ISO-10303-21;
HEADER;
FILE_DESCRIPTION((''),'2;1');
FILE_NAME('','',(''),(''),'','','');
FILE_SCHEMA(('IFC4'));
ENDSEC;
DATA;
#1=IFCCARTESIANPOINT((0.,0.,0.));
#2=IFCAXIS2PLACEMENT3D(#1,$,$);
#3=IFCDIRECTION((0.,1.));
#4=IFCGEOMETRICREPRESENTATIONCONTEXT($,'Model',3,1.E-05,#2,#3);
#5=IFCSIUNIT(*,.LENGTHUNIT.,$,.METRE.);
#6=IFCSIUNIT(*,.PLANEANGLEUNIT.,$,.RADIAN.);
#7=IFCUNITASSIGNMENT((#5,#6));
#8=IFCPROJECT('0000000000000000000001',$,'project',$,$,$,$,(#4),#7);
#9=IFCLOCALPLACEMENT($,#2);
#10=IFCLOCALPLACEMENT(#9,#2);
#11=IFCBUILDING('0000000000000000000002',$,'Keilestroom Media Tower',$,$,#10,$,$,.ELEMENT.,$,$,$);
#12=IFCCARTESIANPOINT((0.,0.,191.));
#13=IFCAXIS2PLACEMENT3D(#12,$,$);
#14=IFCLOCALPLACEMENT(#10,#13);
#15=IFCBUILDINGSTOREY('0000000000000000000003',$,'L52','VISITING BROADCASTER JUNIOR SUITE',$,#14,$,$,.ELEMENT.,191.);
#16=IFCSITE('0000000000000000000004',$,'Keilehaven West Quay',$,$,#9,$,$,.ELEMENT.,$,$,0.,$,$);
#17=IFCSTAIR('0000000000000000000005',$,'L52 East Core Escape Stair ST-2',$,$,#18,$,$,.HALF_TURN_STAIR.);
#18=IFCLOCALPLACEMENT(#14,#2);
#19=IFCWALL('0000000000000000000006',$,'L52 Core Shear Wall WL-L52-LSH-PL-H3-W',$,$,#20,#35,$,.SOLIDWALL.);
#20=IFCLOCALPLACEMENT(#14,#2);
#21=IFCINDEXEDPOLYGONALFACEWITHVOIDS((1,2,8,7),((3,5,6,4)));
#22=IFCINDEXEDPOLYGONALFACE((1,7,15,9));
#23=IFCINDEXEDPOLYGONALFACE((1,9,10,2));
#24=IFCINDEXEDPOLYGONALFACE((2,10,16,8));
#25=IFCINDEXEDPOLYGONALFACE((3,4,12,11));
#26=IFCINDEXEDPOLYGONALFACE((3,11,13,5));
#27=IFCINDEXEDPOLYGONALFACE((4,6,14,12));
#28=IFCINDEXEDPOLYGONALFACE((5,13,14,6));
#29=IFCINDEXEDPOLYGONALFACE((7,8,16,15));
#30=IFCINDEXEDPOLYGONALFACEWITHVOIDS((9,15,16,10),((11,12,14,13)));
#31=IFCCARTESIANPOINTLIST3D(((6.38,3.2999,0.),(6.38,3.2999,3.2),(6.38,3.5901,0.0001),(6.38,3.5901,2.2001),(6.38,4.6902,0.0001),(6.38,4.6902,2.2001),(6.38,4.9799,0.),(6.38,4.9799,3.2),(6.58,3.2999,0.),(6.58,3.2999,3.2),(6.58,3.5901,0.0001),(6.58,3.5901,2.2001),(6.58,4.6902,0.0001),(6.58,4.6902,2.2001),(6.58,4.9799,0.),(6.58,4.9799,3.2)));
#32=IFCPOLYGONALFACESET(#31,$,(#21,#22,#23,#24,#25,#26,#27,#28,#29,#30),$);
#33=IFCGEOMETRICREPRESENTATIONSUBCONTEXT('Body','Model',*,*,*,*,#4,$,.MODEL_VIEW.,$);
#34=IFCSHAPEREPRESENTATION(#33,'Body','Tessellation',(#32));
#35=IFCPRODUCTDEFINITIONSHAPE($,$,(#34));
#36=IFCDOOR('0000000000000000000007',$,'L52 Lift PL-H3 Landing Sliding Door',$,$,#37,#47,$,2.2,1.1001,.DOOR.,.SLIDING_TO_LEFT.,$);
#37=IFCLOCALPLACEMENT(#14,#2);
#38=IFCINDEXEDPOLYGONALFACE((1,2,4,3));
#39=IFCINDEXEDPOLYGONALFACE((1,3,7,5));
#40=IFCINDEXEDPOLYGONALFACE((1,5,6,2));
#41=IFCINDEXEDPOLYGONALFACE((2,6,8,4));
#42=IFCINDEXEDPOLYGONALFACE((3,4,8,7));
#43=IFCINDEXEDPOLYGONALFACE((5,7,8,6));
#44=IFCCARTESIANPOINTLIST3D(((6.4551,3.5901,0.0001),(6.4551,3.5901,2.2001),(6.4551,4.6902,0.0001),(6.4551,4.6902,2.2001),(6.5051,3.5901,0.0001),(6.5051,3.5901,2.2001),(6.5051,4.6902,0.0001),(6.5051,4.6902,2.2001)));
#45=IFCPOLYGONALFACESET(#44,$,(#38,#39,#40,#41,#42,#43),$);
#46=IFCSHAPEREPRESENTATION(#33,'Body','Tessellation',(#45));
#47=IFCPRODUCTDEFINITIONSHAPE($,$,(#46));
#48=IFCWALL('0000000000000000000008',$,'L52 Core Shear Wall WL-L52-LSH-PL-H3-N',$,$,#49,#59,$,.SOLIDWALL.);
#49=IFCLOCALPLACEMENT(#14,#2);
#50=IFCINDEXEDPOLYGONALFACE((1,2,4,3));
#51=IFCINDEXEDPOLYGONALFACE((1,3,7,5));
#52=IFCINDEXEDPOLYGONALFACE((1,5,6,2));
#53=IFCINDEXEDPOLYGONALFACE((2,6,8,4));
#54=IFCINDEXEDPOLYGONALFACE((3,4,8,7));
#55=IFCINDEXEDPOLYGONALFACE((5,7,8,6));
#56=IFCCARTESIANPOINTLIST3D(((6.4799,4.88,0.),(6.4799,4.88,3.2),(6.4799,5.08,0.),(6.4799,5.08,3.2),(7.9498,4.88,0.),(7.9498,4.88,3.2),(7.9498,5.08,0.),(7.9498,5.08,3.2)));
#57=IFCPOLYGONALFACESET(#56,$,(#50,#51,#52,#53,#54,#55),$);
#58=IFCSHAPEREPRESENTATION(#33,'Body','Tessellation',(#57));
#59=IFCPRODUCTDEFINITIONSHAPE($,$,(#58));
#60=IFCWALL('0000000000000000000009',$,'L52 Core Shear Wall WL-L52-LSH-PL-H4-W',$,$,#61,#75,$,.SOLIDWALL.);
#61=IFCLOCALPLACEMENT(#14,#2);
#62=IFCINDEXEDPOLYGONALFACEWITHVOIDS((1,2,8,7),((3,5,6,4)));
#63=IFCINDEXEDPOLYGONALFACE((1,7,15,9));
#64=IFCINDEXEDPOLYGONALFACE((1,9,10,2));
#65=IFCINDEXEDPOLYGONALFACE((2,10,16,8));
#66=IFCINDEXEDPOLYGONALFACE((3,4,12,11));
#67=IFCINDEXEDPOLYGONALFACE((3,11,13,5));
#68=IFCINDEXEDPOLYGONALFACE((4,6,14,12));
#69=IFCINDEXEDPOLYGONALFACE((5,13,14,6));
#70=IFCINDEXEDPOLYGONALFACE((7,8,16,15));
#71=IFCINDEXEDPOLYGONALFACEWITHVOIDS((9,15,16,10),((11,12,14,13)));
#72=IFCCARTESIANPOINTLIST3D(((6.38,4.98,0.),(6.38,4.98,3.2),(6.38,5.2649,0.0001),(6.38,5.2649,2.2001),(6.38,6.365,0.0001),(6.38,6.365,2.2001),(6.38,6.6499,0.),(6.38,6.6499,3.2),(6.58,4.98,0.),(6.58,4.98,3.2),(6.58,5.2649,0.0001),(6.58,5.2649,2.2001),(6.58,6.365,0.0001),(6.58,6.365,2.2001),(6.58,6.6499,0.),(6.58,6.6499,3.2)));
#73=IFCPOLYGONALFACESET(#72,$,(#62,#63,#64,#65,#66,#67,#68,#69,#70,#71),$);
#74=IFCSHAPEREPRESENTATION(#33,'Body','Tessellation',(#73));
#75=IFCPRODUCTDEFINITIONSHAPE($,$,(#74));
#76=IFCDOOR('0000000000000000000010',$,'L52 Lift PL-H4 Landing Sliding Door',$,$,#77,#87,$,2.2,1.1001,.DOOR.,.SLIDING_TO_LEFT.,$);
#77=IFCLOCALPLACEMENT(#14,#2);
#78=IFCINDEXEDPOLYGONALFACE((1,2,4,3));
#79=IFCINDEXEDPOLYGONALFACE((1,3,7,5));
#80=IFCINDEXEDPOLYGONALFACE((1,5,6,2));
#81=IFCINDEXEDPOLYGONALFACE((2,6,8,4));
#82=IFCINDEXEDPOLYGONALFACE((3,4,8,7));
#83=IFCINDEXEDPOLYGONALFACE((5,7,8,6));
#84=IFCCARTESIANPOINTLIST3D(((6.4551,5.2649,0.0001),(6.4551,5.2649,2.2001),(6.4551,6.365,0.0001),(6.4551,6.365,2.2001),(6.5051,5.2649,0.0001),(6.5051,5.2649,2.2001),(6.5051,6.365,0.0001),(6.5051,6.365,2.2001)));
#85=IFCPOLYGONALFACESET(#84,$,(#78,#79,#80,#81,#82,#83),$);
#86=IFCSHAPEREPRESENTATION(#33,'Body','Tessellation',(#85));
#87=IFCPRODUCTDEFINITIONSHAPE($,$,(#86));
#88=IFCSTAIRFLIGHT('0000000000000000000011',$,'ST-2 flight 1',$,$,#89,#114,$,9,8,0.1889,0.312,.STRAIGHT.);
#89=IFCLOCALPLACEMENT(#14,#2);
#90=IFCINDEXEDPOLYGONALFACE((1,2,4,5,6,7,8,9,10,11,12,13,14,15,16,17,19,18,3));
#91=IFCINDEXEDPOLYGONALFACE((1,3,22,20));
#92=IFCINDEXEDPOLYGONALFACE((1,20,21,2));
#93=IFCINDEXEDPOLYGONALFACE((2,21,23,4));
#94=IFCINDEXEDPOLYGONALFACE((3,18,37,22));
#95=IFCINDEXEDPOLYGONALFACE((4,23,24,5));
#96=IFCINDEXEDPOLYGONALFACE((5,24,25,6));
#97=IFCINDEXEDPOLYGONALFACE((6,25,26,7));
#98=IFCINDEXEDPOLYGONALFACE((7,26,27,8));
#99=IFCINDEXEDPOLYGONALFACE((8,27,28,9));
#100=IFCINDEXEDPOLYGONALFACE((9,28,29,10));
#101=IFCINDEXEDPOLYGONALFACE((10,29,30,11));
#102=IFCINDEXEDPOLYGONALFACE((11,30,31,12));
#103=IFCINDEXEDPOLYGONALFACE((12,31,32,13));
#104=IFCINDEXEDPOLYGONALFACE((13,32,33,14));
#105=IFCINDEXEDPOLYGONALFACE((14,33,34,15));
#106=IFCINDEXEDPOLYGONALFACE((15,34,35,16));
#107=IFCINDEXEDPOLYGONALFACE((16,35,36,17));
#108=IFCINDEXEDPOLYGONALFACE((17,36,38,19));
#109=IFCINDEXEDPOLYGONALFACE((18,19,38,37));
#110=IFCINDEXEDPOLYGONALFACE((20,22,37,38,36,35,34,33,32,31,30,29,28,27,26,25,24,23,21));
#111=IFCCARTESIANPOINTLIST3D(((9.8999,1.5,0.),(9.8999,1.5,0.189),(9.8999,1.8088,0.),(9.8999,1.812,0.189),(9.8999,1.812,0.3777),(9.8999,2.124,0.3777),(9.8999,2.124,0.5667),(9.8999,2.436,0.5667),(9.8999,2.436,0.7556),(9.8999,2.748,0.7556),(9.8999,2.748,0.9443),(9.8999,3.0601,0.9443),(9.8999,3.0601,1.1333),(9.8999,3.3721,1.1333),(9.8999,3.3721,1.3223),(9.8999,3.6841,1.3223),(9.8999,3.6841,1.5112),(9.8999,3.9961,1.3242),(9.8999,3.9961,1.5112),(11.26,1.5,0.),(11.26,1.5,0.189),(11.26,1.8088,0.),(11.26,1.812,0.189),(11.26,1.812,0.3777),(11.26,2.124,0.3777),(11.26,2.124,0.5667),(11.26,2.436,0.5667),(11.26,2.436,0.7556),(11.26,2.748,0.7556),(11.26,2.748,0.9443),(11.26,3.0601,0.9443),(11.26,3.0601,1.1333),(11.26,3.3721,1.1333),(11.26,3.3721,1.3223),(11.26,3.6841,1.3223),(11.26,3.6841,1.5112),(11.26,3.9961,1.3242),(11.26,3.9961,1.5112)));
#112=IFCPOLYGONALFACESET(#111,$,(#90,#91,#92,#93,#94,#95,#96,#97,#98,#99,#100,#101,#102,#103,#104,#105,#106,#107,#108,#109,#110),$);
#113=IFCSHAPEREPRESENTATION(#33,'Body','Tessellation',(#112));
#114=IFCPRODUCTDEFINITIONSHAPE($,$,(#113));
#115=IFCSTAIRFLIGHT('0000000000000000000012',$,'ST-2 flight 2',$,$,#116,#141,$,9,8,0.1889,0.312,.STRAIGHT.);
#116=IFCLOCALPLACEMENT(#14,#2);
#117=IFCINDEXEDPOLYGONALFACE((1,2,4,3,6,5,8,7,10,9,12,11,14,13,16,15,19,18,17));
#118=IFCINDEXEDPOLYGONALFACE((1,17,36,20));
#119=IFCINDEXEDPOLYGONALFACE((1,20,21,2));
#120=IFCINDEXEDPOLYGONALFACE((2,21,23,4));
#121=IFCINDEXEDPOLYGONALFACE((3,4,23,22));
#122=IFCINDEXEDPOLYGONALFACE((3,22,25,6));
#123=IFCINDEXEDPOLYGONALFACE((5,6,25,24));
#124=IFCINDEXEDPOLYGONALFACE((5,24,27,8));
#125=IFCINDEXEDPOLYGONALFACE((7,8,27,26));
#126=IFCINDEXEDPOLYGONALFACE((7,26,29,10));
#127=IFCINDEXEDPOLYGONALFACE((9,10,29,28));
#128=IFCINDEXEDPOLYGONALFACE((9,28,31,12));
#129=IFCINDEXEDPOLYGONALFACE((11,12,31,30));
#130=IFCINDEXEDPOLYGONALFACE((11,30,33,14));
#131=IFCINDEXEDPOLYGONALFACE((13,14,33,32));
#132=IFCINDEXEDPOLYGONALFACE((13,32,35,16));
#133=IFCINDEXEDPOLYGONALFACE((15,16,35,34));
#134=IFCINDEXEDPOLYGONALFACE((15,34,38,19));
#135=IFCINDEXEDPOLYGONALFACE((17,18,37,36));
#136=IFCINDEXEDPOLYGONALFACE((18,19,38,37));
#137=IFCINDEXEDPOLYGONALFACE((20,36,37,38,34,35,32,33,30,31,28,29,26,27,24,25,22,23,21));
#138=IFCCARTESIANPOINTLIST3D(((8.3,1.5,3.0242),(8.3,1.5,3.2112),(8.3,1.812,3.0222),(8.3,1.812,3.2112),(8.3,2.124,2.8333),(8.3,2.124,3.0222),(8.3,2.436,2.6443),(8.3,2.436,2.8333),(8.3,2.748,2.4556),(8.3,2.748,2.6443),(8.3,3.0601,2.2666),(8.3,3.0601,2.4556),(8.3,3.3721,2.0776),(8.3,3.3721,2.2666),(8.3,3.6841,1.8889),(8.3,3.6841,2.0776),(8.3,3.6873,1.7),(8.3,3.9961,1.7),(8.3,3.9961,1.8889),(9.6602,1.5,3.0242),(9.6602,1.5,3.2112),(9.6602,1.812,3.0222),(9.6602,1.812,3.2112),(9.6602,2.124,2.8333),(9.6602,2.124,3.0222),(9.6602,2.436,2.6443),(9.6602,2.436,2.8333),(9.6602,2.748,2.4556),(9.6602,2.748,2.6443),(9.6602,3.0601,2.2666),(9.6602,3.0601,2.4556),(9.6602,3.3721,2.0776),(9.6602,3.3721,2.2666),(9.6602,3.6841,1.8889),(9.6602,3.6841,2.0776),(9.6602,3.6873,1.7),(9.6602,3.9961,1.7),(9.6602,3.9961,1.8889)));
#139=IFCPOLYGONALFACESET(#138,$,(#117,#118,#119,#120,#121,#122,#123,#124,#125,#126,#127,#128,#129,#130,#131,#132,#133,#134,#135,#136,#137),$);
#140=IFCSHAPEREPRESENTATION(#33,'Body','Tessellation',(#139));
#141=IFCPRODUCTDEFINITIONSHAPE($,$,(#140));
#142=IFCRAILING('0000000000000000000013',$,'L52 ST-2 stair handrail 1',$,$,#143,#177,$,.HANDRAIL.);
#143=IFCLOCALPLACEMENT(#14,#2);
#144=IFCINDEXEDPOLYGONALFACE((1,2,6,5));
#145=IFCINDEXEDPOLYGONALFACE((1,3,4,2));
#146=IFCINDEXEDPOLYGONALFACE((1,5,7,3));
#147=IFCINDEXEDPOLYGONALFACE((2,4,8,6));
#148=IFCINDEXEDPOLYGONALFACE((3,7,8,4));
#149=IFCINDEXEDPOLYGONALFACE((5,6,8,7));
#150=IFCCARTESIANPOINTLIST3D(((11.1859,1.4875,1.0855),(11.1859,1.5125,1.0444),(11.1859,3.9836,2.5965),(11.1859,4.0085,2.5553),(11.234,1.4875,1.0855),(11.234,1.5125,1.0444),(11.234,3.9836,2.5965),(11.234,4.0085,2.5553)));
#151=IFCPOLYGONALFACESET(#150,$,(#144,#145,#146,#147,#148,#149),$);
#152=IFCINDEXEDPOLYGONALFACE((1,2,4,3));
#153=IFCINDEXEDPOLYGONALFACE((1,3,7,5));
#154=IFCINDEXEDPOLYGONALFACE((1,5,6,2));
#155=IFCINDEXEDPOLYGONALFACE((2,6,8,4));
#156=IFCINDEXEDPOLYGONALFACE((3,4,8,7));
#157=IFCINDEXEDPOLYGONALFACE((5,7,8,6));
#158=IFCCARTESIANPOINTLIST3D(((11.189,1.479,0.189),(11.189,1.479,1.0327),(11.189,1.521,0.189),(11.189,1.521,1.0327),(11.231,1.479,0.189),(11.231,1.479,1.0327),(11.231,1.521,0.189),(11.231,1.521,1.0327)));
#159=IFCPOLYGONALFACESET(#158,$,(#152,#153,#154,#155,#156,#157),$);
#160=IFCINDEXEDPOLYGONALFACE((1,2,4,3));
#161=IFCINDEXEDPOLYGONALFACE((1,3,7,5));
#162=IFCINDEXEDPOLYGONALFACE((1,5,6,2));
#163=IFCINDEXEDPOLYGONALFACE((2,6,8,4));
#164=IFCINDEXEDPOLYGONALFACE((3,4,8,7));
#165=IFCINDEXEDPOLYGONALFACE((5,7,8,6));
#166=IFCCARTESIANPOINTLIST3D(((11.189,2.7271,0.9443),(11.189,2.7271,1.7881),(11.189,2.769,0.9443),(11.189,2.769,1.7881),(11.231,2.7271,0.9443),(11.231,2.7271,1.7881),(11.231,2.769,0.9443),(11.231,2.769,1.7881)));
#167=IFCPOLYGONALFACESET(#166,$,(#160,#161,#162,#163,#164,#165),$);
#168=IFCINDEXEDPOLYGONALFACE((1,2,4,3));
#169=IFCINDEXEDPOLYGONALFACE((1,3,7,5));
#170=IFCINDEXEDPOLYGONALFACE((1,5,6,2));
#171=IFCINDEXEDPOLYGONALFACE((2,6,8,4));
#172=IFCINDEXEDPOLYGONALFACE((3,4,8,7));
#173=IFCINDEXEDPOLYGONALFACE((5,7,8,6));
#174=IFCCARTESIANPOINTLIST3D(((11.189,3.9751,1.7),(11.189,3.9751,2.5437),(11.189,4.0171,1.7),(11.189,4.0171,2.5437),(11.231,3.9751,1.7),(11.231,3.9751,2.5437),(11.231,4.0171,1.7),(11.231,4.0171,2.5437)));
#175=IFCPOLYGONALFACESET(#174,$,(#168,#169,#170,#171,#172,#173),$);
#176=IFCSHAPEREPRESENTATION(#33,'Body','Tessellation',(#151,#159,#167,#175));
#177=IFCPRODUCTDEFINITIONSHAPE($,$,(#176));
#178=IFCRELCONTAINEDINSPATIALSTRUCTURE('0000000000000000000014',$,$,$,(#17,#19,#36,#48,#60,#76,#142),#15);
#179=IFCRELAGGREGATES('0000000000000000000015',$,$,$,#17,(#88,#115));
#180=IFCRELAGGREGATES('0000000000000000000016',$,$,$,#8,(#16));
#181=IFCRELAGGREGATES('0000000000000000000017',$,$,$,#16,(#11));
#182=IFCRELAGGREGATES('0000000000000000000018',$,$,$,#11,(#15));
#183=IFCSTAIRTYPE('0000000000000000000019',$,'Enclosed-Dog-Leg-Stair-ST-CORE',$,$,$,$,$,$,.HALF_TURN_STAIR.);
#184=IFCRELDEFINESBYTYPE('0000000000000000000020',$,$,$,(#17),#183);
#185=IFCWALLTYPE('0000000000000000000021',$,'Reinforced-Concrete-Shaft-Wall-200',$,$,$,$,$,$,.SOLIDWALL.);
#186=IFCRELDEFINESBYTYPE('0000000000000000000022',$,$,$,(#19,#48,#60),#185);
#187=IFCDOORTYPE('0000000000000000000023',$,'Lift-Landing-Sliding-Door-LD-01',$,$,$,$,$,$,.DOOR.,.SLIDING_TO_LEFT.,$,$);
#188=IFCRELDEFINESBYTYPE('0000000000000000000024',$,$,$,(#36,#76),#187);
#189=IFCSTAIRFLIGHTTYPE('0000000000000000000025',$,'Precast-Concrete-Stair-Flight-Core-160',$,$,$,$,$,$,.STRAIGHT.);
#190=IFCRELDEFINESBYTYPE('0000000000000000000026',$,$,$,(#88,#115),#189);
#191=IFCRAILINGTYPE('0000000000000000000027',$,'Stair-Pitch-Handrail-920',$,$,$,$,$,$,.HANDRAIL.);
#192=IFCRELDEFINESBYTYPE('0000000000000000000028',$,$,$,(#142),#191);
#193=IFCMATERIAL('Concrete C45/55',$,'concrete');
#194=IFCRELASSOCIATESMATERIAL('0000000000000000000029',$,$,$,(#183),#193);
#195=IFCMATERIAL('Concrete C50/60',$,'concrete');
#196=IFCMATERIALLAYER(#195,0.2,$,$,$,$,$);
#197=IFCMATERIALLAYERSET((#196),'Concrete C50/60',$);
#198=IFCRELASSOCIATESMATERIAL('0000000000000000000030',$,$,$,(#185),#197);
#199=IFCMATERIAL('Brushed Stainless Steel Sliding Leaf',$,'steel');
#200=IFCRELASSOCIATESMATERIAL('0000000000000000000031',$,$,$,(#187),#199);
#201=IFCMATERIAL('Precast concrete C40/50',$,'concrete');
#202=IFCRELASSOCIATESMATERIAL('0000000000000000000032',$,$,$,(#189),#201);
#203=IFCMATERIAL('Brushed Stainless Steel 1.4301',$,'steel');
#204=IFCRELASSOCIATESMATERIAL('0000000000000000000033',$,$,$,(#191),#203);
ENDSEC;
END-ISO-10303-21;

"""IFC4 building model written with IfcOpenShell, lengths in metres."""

from ifc_helpers import new_model, si_unit, direction, frame, frame_2d, origin, origin_2d, place, context, subcontext, project, spatial, polyline, rectangle, outline, extrude, source, transform, mapped, material, layer, layer_set, type_object, element, fill, aggregate, save


model = new_model("IFC4")

# Units and contexts
model_context = context("Model", 3, precision=1e-05, world=origin(), true_north=direction((0.0, 1.0)))
body_context = subcontext(model_context, "Body", "Model", "MODEL_VIEW")
ifc_project = project(units=[si_unit("LENGTHUNIT", "METRE"), si_unit("PLANEANGLEUNIT", "RADIAN")], contexts=[model_context])

# Site, building, storey
site_placement = place(None, origin())
site = spatial("IfcSite", under=ifc_project, at=site_placement, Name="Keilehaven West Quay", CompositionType="ELEMENT", RefElevation=0.0)
building_placement = place(site_placement, origin())
building = spatial("IfcBuilding", under=site, at=building_placement, Name="Keilestroom Media Tower", CompositionType="ELEMENT")
storey_placement = place(building_placement, frame((0.0, 0.0, 191.0)))
storey = spatial("IfcBuildingStorey", under=building, at=storey_placement, Name="L52", Description="VISITING BROADCASTER JUNIOR SUITE", CompositionType="ELEMENT", Elevation=191.0)

# Stair
ifc_material_1 = material(Name="Concrete C45/55", Category="concrete")
stair_type = type_object("IfcStairType", Name="Enclosed-Dog-Leg-Stair-ST-CORE", PredefinedType="HALF_TURN_STAIR", material=ifc_material_1)
stair_1_placement = place(storey_placement, origin())
stair_1 = element("IfcStair", 1, at=stair_1_placement, inside=storey, type_object=stair_type, Name="L52 East Core Escape Stair ST-2", PredefinedType="HALF_TURN_STAIR")

# Shared definitions
ifc_material_2 = material(Name="Concrete C50/60", Category="concrete")
ifc_layer_1 = layer(ifc_material_2, 0.2)
ifc_layer_set_1 = layer_set([ifc_layer_1], Name="Concrete C50/60")
wall_type_1 = type_object("IfcWallType", Name="Reinforced-Concrete-Shaft-Wall-200", PredefinedType="SOLIDWALL", material=ifc_layer_set_1)

# Wall, opening, door
wall_1_placement = place(storey_placement, frame((6.48, 3.3, 0.0), z_axis=(0.0, 0.0, 1.0), x_axis=(0.0, 1.0, 0.0)))
wall_1 = element("IfcWall", 2, at=wall_1_placement, inside=storey, type_object=wall_type_1, Name="L52 Core Shear Wall WL-L52-LSH-PL-H3-W", PredefinedType="SOLIDWALL", context=body_context, shape_type="SweptSolid", body=[
    extrude(rectangle(XDim=1.6799, YDim=0.2, at=frame_2d((0.8398, 0.0))), origin(), (0.0, 0.0, 1.0), 3.2),
])
opening_1_placement = place(wall_1_placement, frame((0.29, 0.0, 0.0)))
opening_1 = element("IfcOpeningElement", 3, at=opening_1_placement, cuts=wall_1, PredefinedType="OPENING", context=body_context, shape_type="SweptSolid", body=[
    extrude(rectangle(XDim=1.1001, YDim=2.2, at=frame_2d((0.55, 1.1001))), frame((0.0, 0.1099, 0.0), z_axis=(0.0, -1.0, 0.0), x_axis=(1.0, 0.0, 0.0)), (0.0, 0.0, 1.0), 0.22),
])
ifc_material_3 = material(Name="Brushed Stainless Steel Sliding Leaf", Category="steel")
door_type_1 = type_object("IfcDoorType", Name="Lift-Landing-Sliding-Door-LD-01", OperationType="SLIDING_TO_LEFT", PredefinedType="DOOR", material=ifc_material_3)
shared_shape_1 = source(origin(), body_context, "Body", "SweptSolid", [
    extrude(rectangle(XDim=1.1001, YDim=2.2, at=frame_2d((0.55, 1.1001))), frame((0.0, 0.0249, 0.0), z_axis=(0.0, -1.0, 0.0), x_axis=(1.0, 0.0, 0.0)), (0.0, 0.0, 1.0), 0.05),
])
door_1_placement = place(opening_1_placement, origin())
door_1 = element("IfcDoor", 4, at=door_1_placement, inside=storey, type_object=door_type_1, Name="L52 Lift PL-H3 Landing Sliding Door", OperationType="SLIDING_TO_LEFT", OverallHeight=2.2, OverallWidth=1.1001, PredefinedType="DOOR", context=body_context, shape_type="MappedRepresentation", body=[
    mapped(shared_shape_1, transform((0.0, 0.0, 0.0), x_axis=(1.0, 0.0, 0.0), y_axis=(0.0, 1.0, 0.0), z_axis=(0.0, 0.0, 1.0), scale=1.0)),
])
fill(opening_1, door_1)

# Wall
wall_2_placement = place(storey_placement, frame((6.48, 4.98, 0.0), z_axis=(0.0, 0.0, 1.0), x_axis=(1.0, 0.0, 0.0)))
element("IfcWall", 5, at=wall_2_placement, inside=storey, type_object=wall_type_1, Name="L52 Core Shear Wall WL-L52-LSH-PL-H3-N", PredefinedType="SOLIDWALL", context=body_context, shape_type="SweptSolid", body=[
    extrude(rectangle(XDim=1.47, YDim=0.2, at=frame_2d((0.7349, 0.0))), origin(), (0.0, 0.0, 1.0), 3.2),
])

# Wall, opening, door
wall_3_placement = place(storey_placement, frame((6.48, 4.98, 0.0), z_axis=(0.0, 0.0, 1.0), x_axis=(0.0, 1.0, 0.0)))
wall_3 = element("IfcWall", 6, at=wall_3_placement, inside=storey, type_object=wall_type_1, Name="L52 Core Shear Wall WL-L52-LSH-PL-H4-W", PredefinedType="SOLIDWALL", context=body_context, shape_type="SweptSolid", body=[
    extrude(rectangle(XDim=1.6699, YDim=0.2, at=frame_2d((0.835, 0.0))), origin(), (0.0, 0.0, 1.0), 3.2),
])
opening_2_placement = place(wall_3_placement, frame((0.2849, 0.0, 0.0)))
opening_2 = element("IfcOpeningElement", 7, at=opening_2_placement, cuts=wall_3, PredefinedType="OPENING", context=body_context, shape_type="SweptSolid", body=[
    extrude(rectangle(XDim=1.1001, YDim=2.2, at=frame_2d((0.55, 1.1001))), frame((0.0, 0.1099, 0.0), z_axis=(0.0, -1.0, 0.0), x_axis=(1.0, 0.0, 0.0)), (0.0, 0.0, 1.0), 0.22),
])
door_2_placement = place(opening_2_placement, origin())
door_2 = element("IfcDoor", 8, at=door_2_placement, inside=storey, type_object=door_type_1, Name="L52 Lift PL-H4 Landing Sliding Door", OperationType="SLIDING_TO_LEFT", OverallHeight=2.2, OverallWidth=1.1001, PredefinedType="DOOR", context=body_context, shape_type="MappedRepresentation", body=[
    mapped(shared_shape_1, transform((0.0, 0.0, 0.0), x_axis=(1.0, 0.0, 0.0), y_axis=(0.0, 1.0, 0.0), z_axis=(0.0, 0.0, 1.0), scale=1.0)),
])
fill(opening_2, door_2)

# Stair flights
ifc_material_4 = material(Name="Precast concrete C40/50", Category="concrete")
stair_flight_type = type_object("IfcStairFlightType", Name="Precast-Concrete-Stair-Flight-Core-160", PredefinedType="STRAIGHT", material=ifc_material_4)
stair_flight_1_placement = place(storey_placement, frame((10.5801, 1.5, 0.0), z_axis=(0.0, 0.0, 1.0), x_axis=(0.0, 1.0, 0.0)))
stair_flight_1 = element("IfcStairFlight", 9, at=stair_flight_1_placement, type_object=stair_flight_type, Name="ST-2 flight 1", NumberOfRisers=9, NumberOfTreads=8, PredefinedType="STRAIGHT", RiserHeight=0.1889, TreadLength=0.312, context=body_context, shape_type="SweptSolid", body=[
    extrude(outline(polyline([(0.0, 0.0), (0.0, 0.189), (0.312, 0.189), (0.312, 0.3777), (0.624, 0.3777), (0.624, 0.5667), (0.936, 0.5667), (0.936, 0.7556), (1.248, 0.7556), (1.248, 0.9443), (1.5601, 0.9443), (1.5601, 1.1333), (1.8721, 1.1333), (1.8721, 1.3223), (2.1841, 1.3223), (2.1841, 1.5112), (2.4961, 1.5112), (2.4961, 1.7), (2.4961, 1.3242), (0.3088, 0.0), (0.0, 0.0)])), frame((0.0, 0.6802, 0.0), z_axis=(0.0, -1.0, 0.0), x_axis=(1.0, 0.0, 0.0)), (0.0, 0.0, 1.0), 1.3601),
])
stair_flight_2_placement = place(storey_placement, frame((8.98, 3.9961, 1.7), z_axis=(0.0, 0.0, 1.0), x_axis=(0.0, -1.0, 0.0)))
stair_flight_2 = element("IfcStairFlight", 10, at=stair_flight_2_placement, type_object=stair_flight_type, Name="ST-2 flight 2", NumberOfRisers=9, NumberOfTreads=8, PredefinedType="STRAIGHT", RiserHeight=0.1889, TreadLength=0.312, context=body_context, shape_type="SweptSolid", body=[
    extrude(outline(polyline([(0.0, 0.0), (0.0, 0.189), (0.312, 0.189), (0.312, 0.3777), (0.624, 0.3777), (0.624, 0.5667), (0.936, 0.5667), (0.936, 0.7556), (1.248, 0.7556), (1.248, 0.9443), (1.5601, 0.9443), (1.5601, 1.1333), (1.8721, 1.1333), (1.8721, 1.3223), (2.1841, 1.3223), (2.1841, 1.5112), (2.4961, 1.5112), (2.4961, 1.7), (2.4961, 1.3242), (0.3088, 0.0), (0.0, 0.0)])), frame((0.0, 0.6802, 0.0), z_axis=(0.0, -1.0, 0.0), x_axis=(1.0, 0.0, 0.0)), (0.0, 0.0, 1.0), 1.3601),
])
aggregate(stair_1, [stair_flight_1, stair_flight_2])

# Railing
ifc_material_5 = material(Name="Brushed Stainless Steel 1.4301", Category="steel")
railing_type_1 = type_object("IfcRailingType", Name="Stair-Pitch-Handrail-920", PredefinedType="HANDRAIL", material=ifc_material_5)
railing_1_placement = place(storey_placement, frame((11.21, 1.5, 0.189)))
element("IfcRailing", 11, at=railing_1_placement, inside=storey, type_object=railing_type_1, Name="L52 ST-2 stair handrail 1", PredefinedType="HANDRAIL", context=body_context, shape_type="SweptSolid", body=[
    extrude(rectangle(XDim=0.0481, YDim=0.0481, at=origin_2d()), frame((0.0, 0.0, 0.876), z_axis=(0.0, 0.855471, 0.517851), x_axis=(-1.0, 0.0, 0.0)), (0.0, 0.0, 1.0), 2.9177),
    extrude(rectangle(XDim=0.042, YDim=0.042, at=origin_2d()), origin(), (0.0, 0.0, 1.0), 0.8438),
    extrude(rectangle(XDim=0.042, YDim=0.042, at=origin_2d()), frame((0.0, 1.248, 0.7554)), (0.0, 0.0, 1.0), 0.8438),
    extrude(rectangle(XDim=0.042, YDim=0.042, at=origin_2d()), frame((0.0, 2.4961, 1.511)), (0.0, 0.0, 1.0), 0.8438),
])

save(model, "model.ifc")
